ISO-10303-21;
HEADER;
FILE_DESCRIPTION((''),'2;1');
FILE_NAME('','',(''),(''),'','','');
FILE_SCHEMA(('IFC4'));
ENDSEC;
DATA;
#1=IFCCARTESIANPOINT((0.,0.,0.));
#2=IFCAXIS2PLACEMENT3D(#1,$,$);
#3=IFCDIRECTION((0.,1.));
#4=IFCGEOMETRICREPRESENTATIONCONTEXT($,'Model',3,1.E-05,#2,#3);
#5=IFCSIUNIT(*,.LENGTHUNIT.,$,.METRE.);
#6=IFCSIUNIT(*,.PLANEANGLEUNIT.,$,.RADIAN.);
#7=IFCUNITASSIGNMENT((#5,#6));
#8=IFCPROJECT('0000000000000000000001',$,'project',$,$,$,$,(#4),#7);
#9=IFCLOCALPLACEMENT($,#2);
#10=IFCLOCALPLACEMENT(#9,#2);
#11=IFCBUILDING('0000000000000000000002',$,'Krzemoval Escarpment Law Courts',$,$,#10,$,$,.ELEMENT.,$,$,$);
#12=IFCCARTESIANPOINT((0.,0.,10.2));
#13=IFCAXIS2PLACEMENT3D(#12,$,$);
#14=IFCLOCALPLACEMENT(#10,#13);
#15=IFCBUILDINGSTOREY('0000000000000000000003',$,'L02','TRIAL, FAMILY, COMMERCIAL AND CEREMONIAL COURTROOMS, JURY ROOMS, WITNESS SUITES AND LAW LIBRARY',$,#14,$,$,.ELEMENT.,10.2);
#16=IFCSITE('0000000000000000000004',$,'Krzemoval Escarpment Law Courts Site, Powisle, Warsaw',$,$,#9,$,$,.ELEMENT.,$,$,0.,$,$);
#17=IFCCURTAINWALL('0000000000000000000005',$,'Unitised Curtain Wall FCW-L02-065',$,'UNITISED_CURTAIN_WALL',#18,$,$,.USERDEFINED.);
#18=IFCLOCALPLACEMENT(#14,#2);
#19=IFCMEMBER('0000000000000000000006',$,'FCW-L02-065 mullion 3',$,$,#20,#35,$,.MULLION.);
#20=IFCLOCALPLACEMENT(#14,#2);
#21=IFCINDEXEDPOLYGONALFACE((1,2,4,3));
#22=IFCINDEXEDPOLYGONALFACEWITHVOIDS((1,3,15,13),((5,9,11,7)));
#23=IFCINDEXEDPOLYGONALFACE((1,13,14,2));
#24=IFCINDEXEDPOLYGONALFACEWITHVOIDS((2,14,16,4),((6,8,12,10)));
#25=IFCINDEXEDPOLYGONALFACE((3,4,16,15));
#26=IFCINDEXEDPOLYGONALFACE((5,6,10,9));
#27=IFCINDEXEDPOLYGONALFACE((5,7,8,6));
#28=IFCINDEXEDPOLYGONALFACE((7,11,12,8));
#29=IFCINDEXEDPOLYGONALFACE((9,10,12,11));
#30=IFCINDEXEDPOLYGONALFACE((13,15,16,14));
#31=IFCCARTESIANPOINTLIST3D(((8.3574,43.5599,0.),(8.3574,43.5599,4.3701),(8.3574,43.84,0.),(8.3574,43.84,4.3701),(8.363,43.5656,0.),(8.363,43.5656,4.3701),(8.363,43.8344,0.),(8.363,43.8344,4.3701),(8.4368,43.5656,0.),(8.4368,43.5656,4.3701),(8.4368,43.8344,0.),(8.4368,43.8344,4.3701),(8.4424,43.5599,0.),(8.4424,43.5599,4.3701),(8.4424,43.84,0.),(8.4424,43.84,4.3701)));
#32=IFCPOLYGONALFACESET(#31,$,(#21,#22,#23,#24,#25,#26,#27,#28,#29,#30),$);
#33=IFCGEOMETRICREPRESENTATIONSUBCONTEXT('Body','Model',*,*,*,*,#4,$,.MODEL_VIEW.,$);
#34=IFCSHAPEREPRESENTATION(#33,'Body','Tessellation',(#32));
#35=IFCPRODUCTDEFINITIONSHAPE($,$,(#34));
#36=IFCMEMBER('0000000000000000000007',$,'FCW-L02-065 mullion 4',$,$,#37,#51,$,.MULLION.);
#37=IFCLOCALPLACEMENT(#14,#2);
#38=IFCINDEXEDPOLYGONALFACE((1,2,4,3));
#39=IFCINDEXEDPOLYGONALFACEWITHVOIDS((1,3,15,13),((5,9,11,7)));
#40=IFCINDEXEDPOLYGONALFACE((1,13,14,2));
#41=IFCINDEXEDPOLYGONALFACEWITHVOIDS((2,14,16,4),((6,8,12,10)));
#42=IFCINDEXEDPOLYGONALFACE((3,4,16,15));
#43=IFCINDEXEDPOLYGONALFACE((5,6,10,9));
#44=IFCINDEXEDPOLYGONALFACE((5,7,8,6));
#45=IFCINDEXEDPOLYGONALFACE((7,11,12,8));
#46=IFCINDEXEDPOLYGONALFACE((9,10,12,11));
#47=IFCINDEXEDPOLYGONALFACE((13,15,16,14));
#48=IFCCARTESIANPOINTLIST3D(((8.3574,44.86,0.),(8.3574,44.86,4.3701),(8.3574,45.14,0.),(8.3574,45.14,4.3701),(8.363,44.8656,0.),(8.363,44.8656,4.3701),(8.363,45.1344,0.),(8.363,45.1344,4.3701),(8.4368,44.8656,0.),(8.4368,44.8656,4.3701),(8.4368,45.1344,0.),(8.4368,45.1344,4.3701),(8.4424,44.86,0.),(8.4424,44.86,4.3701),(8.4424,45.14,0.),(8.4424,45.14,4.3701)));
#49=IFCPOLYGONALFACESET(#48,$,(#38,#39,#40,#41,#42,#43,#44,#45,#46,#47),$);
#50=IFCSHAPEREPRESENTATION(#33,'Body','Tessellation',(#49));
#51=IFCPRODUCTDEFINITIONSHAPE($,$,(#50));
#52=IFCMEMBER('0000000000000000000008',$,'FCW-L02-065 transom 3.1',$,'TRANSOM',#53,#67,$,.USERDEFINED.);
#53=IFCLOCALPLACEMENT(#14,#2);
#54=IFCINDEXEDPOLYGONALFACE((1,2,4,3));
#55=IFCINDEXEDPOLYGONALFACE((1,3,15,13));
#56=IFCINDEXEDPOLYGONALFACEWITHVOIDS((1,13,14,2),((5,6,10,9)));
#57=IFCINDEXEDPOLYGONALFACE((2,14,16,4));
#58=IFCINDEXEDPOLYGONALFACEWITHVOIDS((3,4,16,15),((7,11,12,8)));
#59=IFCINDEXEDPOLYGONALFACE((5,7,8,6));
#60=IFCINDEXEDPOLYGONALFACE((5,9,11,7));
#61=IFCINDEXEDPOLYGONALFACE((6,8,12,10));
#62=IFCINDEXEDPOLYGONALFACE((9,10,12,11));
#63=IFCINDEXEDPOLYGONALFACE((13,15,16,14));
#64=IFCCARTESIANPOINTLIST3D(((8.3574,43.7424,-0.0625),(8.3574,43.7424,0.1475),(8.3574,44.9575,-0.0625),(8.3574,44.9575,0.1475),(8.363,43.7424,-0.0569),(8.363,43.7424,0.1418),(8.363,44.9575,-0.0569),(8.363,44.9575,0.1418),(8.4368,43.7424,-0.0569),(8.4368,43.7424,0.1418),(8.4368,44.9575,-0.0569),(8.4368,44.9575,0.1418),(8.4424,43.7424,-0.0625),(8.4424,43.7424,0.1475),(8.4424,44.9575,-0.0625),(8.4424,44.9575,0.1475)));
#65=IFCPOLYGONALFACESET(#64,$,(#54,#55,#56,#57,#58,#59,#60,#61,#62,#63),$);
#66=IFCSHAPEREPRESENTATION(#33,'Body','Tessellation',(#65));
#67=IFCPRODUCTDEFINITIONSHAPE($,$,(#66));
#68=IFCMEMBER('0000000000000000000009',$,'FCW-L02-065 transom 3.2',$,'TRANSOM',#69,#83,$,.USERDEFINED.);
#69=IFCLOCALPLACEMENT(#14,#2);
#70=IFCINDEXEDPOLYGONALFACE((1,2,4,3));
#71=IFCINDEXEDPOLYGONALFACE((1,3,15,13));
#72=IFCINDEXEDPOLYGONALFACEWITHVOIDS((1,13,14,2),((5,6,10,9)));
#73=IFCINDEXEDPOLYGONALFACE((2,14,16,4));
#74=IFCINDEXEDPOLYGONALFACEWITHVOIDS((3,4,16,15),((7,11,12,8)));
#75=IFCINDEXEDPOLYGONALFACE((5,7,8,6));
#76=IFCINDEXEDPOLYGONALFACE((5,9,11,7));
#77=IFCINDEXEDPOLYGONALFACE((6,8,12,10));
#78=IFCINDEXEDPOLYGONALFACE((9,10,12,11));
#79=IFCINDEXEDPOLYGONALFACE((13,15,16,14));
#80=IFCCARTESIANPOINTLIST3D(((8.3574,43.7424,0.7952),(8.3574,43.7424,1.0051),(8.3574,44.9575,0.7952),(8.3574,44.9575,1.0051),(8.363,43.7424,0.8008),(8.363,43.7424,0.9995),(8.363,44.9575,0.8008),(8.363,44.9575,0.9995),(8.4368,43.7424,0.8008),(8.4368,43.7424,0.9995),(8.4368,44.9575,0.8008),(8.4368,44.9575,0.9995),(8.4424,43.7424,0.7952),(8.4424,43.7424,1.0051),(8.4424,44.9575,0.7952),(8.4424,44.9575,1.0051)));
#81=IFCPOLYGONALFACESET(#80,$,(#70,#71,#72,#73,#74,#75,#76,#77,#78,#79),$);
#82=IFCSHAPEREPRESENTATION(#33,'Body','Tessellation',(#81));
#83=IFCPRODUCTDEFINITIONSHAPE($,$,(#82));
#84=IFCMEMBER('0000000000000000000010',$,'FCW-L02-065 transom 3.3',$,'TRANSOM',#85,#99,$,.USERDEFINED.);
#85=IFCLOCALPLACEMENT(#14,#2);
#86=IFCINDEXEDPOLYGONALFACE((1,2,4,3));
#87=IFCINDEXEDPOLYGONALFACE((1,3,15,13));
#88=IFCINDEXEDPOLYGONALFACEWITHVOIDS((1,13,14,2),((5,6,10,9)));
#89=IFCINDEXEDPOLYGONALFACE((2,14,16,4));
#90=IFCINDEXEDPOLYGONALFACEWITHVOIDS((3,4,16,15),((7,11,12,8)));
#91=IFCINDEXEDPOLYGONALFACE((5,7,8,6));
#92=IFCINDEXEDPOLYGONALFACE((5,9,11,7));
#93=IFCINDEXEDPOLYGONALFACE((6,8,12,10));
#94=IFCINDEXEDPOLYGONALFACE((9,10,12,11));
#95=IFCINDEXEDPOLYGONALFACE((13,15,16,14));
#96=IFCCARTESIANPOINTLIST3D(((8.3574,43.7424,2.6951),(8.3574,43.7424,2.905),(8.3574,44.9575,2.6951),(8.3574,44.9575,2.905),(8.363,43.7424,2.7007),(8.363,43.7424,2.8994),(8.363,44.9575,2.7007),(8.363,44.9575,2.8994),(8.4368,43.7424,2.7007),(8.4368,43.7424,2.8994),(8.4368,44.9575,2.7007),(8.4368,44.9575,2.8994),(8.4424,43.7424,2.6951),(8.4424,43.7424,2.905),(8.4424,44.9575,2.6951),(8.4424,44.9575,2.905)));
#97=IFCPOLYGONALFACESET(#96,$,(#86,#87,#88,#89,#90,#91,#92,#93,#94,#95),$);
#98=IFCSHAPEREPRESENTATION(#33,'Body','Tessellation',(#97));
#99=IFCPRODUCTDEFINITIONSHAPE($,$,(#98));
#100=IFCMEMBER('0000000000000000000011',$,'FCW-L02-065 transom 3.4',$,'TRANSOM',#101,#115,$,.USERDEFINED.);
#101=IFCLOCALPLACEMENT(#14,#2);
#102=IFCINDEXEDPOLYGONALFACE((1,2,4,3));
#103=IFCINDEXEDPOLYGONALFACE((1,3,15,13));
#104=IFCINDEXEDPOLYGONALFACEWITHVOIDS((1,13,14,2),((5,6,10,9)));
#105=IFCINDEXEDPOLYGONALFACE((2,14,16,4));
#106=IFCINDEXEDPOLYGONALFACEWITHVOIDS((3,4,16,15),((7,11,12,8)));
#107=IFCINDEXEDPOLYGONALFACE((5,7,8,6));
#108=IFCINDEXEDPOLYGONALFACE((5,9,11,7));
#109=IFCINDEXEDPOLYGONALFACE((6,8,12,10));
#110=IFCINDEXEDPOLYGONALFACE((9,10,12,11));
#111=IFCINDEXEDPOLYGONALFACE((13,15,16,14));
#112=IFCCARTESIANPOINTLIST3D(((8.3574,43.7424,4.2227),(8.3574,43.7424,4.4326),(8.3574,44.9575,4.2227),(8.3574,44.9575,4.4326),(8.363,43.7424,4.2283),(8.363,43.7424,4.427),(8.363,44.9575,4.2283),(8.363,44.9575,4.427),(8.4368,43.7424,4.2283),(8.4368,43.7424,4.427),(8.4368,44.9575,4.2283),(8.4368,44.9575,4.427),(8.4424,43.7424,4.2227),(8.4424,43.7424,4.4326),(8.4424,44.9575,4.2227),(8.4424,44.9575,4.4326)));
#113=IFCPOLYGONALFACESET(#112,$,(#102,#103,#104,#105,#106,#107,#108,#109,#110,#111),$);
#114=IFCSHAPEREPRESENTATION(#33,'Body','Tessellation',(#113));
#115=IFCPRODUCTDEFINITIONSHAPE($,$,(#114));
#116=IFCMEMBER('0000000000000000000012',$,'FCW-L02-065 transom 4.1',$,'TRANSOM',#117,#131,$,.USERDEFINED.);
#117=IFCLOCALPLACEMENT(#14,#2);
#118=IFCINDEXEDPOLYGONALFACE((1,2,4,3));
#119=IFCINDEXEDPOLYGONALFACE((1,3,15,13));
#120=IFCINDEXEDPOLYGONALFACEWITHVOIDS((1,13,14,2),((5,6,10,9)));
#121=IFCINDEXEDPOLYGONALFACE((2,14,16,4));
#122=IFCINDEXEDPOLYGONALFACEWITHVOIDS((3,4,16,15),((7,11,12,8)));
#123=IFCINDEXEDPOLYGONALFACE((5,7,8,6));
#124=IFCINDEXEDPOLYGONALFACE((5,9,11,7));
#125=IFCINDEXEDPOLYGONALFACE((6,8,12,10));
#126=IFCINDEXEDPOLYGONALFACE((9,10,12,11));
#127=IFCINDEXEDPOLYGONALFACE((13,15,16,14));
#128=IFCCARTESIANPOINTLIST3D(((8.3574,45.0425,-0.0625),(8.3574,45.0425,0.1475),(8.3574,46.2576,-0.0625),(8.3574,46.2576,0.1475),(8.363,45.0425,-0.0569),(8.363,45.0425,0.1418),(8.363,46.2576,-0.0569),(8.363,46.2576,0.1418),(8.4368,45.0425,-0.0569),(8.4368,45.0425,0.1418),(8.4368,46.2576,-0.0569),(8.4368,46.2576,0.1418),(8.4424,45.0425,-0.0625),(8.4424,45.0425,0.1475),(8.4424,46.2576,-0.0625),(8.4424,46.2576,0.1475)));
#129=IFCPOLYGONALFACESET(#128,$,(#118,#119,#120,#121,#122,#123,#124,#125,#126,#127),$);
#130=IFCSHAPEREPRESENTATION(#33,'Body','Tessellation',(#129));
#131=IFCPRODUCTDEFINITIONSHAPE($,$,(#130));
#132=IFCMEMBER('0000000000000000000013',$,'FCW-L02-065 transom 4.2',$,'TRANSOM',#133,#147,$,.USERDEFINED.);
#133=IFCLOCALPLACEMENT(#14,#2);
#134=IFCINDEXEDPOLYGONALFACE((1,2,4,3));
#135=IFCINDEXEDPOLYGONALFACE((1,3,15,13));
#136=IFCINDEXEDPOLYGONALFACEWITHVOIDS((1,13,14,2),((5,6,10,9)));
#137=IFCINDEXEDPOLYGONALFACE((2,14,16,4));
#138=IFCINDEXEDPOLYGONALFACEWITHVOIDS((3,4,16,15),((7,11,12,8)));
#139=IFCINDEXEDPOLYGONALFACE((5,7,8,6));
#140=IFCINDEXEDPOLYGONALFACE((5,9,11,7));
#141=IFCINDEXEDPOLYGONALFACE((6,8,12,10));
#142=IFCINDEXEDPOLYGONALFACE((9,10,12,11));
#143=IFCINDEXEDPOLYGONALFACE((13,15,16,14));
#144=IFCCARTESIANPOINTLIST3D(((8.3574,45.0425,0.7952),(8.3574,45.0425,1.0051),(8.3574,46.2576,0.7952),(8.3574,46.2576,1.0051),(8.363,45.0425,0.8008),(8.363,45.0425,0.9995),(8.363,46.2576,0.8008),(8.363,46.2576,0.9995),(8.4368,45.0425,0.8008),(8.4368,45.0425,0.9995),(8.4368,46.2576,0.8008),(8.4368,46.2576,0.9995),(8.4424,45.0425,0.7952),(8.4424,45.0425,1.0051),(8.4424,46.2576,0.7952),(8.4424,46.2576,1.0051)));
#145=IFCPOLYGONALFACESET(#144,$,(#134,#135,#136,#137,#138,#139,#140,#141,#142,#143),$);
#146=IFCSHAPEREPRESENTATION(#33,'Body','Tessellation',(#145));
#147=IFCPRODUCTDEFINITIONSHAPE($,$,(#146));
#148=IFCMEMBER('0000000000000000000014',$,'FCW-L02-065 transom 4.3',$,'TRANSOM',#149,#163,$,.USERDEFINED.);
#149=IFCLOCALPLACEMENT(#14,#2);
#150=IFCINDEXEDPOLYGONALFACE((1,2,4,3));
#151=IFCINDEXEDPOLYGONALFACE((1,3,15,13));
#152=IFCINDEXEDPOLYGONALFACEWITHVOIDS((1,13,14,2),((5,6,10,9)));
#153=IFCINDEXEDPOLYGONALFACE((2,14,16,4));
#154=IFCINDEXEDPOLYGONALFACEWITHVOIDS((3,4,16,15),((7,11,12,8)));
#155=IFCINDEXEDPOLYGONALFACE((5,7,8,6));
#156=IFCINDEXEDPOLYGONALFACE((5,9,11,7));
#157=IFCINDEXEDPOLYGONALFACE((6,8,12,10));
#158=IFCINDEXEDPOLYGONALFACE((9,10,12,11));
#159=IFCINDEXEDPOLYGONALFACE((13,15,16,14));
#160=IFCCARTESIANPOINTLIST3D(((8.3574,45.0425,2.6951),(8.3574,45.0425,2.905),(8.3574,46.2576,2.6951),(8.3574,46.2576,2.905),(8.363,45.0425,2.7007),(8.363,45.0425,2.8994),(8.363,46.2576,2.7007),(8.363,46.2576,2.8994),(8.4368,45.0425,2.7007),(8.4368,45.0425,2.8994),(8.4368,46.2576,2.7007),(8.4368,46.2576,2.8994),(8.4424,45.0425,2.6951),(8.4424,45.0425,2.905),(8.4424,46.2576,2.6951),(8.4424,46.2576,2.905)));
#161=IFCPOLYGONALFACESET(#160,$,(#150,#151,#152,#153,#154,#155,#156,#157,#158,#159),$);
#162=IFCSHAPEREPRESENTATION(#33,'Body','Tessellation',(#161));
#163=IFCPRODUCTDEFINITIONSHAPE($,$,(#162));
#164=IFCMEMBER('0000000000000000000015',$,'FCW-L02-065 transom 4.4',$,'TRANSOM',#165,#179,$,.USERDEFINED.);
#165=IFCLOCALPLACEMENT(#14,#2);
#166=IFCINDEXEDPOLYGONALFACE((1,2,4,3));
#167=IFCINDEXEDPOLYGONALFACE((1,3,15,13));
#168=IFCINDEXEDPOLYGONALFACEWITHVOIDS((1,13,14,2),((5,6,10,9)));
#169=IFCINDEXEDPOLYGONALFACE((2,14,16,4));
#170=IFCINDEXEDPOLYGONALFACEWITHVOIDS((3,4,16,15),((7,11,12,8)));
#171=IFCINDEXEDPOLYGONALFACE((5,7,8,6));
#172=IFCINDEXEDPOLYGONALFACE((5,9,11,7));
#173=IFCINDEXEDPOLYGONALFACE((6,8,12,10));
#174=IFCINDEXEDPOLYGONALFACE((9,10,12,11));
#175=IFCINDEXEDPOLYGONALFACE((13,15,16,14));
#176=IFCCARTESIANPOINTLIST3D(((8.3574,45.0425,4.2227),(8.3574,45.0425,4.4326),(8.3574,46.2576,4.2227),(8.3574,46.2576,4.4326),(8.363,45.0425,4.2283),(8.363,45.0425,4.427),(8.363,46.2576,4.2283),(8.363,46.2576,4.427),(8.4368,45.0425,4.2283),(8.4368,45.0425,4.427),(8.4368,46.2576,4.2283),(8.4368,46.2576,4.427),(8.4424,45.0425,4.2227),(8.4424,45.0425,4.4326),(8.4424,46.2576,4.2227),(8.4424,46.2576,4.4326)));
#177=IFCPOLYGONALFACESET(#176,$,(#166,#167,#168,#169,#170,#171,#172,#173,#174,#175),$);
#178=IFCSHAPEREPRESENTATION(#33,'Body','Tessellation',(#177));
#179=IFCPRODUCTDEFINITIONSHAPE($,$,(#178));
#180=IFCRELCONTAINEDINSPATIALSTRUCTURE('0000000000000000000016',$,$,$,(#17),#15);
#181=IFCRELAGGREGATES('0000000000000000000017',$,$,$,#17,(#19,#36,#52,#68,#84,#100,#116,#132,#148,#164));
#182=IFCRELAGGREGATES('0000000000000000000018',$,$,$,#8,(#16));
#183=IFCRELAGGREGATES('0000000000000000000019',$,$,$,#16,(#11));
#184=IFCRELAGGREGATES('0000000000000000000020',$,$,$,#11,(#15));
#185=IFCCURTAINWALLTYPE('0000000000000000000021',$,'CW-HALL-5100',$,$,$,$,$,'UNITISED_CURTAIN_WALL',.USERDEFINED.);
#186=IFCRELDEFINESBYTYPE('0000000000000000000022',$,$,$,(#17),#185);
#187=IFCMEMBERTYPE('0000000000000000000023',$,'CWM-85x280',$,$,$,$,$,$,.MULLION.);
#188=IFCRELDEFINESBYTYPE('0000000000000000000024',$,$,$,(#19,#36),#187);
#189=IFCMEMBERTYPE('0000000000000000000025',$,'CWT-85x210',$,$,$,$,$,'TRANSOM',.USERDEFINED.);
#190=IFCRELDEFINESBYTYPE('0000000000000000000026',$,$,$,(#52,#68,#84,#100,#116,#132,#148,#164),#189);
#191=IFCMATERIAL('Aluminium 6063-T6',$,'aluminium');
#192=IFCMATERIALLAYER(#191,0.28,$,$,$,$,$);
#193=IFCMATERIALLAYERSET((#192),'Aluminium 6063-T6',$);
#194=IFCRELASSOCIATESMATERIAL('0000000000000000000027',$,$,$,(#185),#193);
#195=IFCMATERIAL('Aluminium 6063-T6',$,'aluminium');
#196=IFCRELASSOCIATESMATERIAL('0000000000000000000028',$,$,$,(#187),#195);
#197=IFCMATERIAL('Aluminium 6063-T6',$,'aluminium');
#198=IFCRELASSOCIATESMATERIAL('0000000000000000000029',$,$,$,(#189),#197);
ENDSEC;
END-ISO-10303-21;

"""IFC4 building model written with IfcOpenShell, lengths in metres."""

from ifc_helpers import new_model, si_unit, direction, frame, origin, origin_2d, place, context, subcontext, project, spatial, hollow_rectangle, extrude, material, layer, layer_set, material_profile, profile_set, type_object, element, aggregate, save


model = new_model("IFC4")

# Units and contexts
model_context = context("Model", 3, precision=1e-05, world=origin(), true_north=direction((0.0, 1.0)))
body_context = subcontext(model_context, "Body", "Model", "MODEL_VIEW")
ifc_project = project(units=[si_unit("LENGTHUNIT", "METRE"), si_unit("PLANEANGLEUNIT", "RADIAN")], contexts=[model_context])

# Site, building, storey
site_placement = place(None, origin())
site = spatial("IfcSite", under=ifc_project, at=site_placement, Name="Krzemoval Escarpment Law Courts Site, Powisle, Warsaw", CompositionType="ELEMENT", RefElevation=0.0)
building_placement = place(site_placement, origin())
building = spatial("IfcBuilding", under=site, at=building_placement, Name="Krzemoval Escarpment Law Courts", CompositionType="ELEMENT")
storey_placement = place(building_placement, frame((0.0, 0.0, 10.2)))
storey = spatial("IfcBuildingStorey", under=building, at=storey_placement, Name="L02", Description="TRIAL, FAMILY, COMMERCIAL AND CEREMONIAL COURTROOMS, JURY ROOMS, WITNESS SUITES AND LAW LIBRARY", CompositionType="ELEMENT", Elevation=10.2)

# Curtain wall, members
ifc_material_1 = material(Name="Aluminium 6063-T6", Category="aluminium")
ifc_layer_1 = layer(ifc_material_1, 0.28)
ifc_layer_set_1 = layer_set([ifc_layer_1], Name="Aluminium 6063-T6")
curtain_wall_type = type_object("IfcCurtainWallType", Name="CW-HALL-5100", ElementType="UNITISED_CURTAIN_WALL", PredefinedType="USERDEFINED", material=ifc_layer_set_1)
curtain_wall_placement = place(storey_placement, origin())
curtain_wall = element("IfcCurtainWall", 1, at=curtain_wall_placement, inside=storey, type_object=curtain_wall_type, Name="Unitised Curtain Wall FCW-L02-065", ObjectType="UNITISED_CURTAIN_WALL", PredefinedType="USERDEFINED")
ifc_material_2 = material(Name="Aluminium 6063-T6", Category="aluminium")
ifc_material_profile_1 = material_profile(ifc_material_2, hollow_rectangle(XDim=0.085, YDim=0.28, WallThickness=0.0056, at=origin_2d()), Name="ALU M85x280")
ifc_profile_set_1 = profile_set([ifc_material_profile_1], Name="Aluminium 6063-T6")
member_type_1 = type_object("IfcMemberType", Name="CWM-85x280", PredefinedType="MULLION", material=ifc_profile_set_1)
member_1_placement = place(storey_placement, frame((8.3999, 43.7, 0.0), z_axis=(0.0, 0.0, 1.0), x_axis=(-1.0, 0.0, 0.0)))
member_1 = element("IfcMember", 2, at=member_1_placement, type_object=member_type_1, Name="FCW-L02-065 mullion 3", PredefinedType="MULLION", context=body_context, shape_type="SweptSolid", body=[
    extrude(hollow_rectangle(XDim=0.085, YDim=0.28, WallThickness=0.0056, at=origin_2d()), origin(), (0.0, 0.0, 1.0), 4.3701),
])
member_2_placement = place(storey_placement, frame((8.3999, 45.0, 0.0), z_axis=(0.0, 0.0, 1.0), x_axis=(-1.0, 0.0, 0.0)))
member_2 = element("IfcMember", 3, at=member_2_placement, type_object=member_type_1, Name="FCW-L02-065 mullion 4", PredefinedType="MULLION", context=body_context, shape_type="SweptSolid", body=[
    extrude(hollow_rectangle(XDim=0.085, YDim=0.28, WallThickness=0.0056, at=origin_2d()), origin(), (0.0, 0.0, 1.0), 4.3701),
])
ifc_material_3 = material(Name="Aluminium 6063-T6", Category="aluminium")
ifc_material_profile_2 = material_profile(ifc_material_3, hollow_rectangle(XDim=0.085, YDim=0.21, WallThickness=0.0056, at=origin_2d()), Name="ALU T85x210")
ifc_profile_set_2 = profile_set([ifc_material_profile_2], Name="Aluminium 6063-T6")
member_type_2 = type_object("IfcMemberType", Name="CWT-85x210", ElementType="TRANSOM", PredefinedType="USERDEFINED", material=ifc_profile_set_2)
member_3_placement = place(storey_placement, frame((8.3999, 43.7424, 0.0425), z_axis=(0.0, 1.0, 0.0), x_axis=(-1.0, 0.0, 0.0)))
member_3 = element("IfcMember", 4, at=member_3_placement, type_object=member_type_2, Name="FCW-L02-065 transom 3.1", ObjectType="TRANSOM", PredefinedType="USERDEFINED", context=body_context, shape_type="SweptSolid", body=[
    extrude(hollow_rectangle(XDim=0.085, YDim=0.21, WallThickness=0.0056, at=origin_2d()), origin(), (0.0, 0.0, 1.0), 1.2151),
])
member_4_placement = place(storey_placement, frame((8.3999, 43.7424, 0.9001), z_axis=(0.0, 1.0, 0.0), x_axis=(-1.0, 0.0, 0.0)))
member_4 = element("IfcMember", 5, at=member_4_placement, type_object=member_type_2, Name="FCW-L02-065 transom 3.2", ObjectType="TRANSOM", PredefinedType="USERDEFINED", context=body_context, shape_type="SweptSolid", body=[
    extrude(hollow_rectangle(XDim=0.085, YDim=0.21, WallThickness=0.0056, at=origin_2d()), origin(), (0.0, 0.0, 1.0), 1.2151),
])
member_5_placement = place(storey_placement, frame((8.3999, 43.7424, 2.8), z_axis=(0.0, 1.0, 0.0), x_axis=(-1.0, 0.0, 0.0)))
member_5 = element("IfcMember", 6, at=member_5_placement, type_object=member_type_2, Name="FCW-L02-065 transom 3.3", ObjectType="TRANSOM", PredefinedType="USERDEFINED", context=body_context, shape_type="SweptSolid", body=[
    extrude(hollow_rectangle(XDim=0.085, YDim=0.21, WallThickness=0.0056, at=origin_2d()), origin(), (0.0, 0.0, 1.0), 1.2151),
])
member_6_placement = place(storey_placement, frame((8.3999, 43.7424, 4.3276), z_axis=(0.0, 1.0, 0.0), x_axis=(-1.0, 0.0, 0.0)))
member_6 = element("IfcMember", 7, at=member_6_placement, type_object=member_type_2, Name="FCW-L02-065 transom 3.4", ObjectType="TRANSOM", PredefinedType="USERDEFINED", context=body_context, shape_type="SweptSolid", body=[
    extrude(hollow_rectangle(XDim=0.085, YDim=0.21, WallThickness=0.0056, at=origin_2d()), origin(), (0.0, 0.0, 1.0), 1.2151),
])
member_7_placement = place(storey_placement, frame((8.3999, 45.0425, 0.0425), z_axis=(0.0, 1.0, 0.0), x_axis=(-1.0, 0.0, 0.0)))
member_7 = element("IfcMember", 8, at=member_7_placement, type_object=member_type_2, Name="FCW-L02-065 transom 4.1", ObjectType="TRANSOM", PredefinedType="USERDEFINED", context=body_context, shape_type="SweptSolid", body=[
    extrude(hollow_rectangle(XDim=0.085, YDim=0.21, WallThickness=0.0056, at=origin_2d()), origin(), (0.0, 0.0, 1.0), 1.2151),
])
member_8_placement = place(storey_placement, frame((8.3999, 45.0425, 0.9001), z_axis=(0.0, 1.0, 0.0), x_axis=(-1.0, 0.0, 0.0)))
member_8 = element("IfcMember", 9, at=member_8_placement, type_object=member_type_2, Name="FCW-L02-065 transom 4.2", ObjectType="TRANSOM", PredefinedType="USERDEFINED", context=body_context, shape_type="SweptSolid", body=[
    extrude(hollow_rectangle(XDim=0.085, YDim=0.21, WallThickness=0.0056, at=origin_2d()), origin(), (0.0, 0.0, 1.0), 1.2151),
])
member_9_placement = place(storey_placement, frame((8.3999, 45.0425, 2.8), z_axis=(0.0, 1.0, 0.0), x_axis=(-1.0, 0.0, 0.0)))
member_9 = element("IfcMember", 10, at=member_9_placement, type_object=member_type_2, Name="FCW-L02-065 transom 4.3", ObjectType="TRANSOM", PredefinedType="USERDEFINED", context=body_context, shape_type="SweptSolid", body=[
    extrude(hollow_rectangle(XDim=0.085, YDim=0.21, WallThickness=0.0056, at=origin_2d()), origin(), (0.0, 0.0, 1.0), 1.2151),
])
member_10_placement = place(storey_placement, frame((8.3999, 45.0425, 4.3276), z_axis=(0.0, 1.0, 0.0), x_axis=(-1.0, 0.0, 0.0)))
member_10 = element("IfcMember", 11, at=member_10_placement, type_object=member_type_2, Name="FCW-L02-065 transom 4.4", ObjectType="TRANSOM", PredefinedType="USERDEFINED", context=body_context, shape_type="SweptSolid", body=[
    extrude(hollow_rectangle(XDim=0.085, YDim=0.21, WallThickness=0.0056, at=origin_2d()), origin(), (0.0, 0.0, 1.0), 1.2151),
])

aggregate(curtain_wall, [member_1, member_2, member_3, member_4, member_5, member_6, member_7, member_8, member_9, member_10])

save(model, "model.ifc")
